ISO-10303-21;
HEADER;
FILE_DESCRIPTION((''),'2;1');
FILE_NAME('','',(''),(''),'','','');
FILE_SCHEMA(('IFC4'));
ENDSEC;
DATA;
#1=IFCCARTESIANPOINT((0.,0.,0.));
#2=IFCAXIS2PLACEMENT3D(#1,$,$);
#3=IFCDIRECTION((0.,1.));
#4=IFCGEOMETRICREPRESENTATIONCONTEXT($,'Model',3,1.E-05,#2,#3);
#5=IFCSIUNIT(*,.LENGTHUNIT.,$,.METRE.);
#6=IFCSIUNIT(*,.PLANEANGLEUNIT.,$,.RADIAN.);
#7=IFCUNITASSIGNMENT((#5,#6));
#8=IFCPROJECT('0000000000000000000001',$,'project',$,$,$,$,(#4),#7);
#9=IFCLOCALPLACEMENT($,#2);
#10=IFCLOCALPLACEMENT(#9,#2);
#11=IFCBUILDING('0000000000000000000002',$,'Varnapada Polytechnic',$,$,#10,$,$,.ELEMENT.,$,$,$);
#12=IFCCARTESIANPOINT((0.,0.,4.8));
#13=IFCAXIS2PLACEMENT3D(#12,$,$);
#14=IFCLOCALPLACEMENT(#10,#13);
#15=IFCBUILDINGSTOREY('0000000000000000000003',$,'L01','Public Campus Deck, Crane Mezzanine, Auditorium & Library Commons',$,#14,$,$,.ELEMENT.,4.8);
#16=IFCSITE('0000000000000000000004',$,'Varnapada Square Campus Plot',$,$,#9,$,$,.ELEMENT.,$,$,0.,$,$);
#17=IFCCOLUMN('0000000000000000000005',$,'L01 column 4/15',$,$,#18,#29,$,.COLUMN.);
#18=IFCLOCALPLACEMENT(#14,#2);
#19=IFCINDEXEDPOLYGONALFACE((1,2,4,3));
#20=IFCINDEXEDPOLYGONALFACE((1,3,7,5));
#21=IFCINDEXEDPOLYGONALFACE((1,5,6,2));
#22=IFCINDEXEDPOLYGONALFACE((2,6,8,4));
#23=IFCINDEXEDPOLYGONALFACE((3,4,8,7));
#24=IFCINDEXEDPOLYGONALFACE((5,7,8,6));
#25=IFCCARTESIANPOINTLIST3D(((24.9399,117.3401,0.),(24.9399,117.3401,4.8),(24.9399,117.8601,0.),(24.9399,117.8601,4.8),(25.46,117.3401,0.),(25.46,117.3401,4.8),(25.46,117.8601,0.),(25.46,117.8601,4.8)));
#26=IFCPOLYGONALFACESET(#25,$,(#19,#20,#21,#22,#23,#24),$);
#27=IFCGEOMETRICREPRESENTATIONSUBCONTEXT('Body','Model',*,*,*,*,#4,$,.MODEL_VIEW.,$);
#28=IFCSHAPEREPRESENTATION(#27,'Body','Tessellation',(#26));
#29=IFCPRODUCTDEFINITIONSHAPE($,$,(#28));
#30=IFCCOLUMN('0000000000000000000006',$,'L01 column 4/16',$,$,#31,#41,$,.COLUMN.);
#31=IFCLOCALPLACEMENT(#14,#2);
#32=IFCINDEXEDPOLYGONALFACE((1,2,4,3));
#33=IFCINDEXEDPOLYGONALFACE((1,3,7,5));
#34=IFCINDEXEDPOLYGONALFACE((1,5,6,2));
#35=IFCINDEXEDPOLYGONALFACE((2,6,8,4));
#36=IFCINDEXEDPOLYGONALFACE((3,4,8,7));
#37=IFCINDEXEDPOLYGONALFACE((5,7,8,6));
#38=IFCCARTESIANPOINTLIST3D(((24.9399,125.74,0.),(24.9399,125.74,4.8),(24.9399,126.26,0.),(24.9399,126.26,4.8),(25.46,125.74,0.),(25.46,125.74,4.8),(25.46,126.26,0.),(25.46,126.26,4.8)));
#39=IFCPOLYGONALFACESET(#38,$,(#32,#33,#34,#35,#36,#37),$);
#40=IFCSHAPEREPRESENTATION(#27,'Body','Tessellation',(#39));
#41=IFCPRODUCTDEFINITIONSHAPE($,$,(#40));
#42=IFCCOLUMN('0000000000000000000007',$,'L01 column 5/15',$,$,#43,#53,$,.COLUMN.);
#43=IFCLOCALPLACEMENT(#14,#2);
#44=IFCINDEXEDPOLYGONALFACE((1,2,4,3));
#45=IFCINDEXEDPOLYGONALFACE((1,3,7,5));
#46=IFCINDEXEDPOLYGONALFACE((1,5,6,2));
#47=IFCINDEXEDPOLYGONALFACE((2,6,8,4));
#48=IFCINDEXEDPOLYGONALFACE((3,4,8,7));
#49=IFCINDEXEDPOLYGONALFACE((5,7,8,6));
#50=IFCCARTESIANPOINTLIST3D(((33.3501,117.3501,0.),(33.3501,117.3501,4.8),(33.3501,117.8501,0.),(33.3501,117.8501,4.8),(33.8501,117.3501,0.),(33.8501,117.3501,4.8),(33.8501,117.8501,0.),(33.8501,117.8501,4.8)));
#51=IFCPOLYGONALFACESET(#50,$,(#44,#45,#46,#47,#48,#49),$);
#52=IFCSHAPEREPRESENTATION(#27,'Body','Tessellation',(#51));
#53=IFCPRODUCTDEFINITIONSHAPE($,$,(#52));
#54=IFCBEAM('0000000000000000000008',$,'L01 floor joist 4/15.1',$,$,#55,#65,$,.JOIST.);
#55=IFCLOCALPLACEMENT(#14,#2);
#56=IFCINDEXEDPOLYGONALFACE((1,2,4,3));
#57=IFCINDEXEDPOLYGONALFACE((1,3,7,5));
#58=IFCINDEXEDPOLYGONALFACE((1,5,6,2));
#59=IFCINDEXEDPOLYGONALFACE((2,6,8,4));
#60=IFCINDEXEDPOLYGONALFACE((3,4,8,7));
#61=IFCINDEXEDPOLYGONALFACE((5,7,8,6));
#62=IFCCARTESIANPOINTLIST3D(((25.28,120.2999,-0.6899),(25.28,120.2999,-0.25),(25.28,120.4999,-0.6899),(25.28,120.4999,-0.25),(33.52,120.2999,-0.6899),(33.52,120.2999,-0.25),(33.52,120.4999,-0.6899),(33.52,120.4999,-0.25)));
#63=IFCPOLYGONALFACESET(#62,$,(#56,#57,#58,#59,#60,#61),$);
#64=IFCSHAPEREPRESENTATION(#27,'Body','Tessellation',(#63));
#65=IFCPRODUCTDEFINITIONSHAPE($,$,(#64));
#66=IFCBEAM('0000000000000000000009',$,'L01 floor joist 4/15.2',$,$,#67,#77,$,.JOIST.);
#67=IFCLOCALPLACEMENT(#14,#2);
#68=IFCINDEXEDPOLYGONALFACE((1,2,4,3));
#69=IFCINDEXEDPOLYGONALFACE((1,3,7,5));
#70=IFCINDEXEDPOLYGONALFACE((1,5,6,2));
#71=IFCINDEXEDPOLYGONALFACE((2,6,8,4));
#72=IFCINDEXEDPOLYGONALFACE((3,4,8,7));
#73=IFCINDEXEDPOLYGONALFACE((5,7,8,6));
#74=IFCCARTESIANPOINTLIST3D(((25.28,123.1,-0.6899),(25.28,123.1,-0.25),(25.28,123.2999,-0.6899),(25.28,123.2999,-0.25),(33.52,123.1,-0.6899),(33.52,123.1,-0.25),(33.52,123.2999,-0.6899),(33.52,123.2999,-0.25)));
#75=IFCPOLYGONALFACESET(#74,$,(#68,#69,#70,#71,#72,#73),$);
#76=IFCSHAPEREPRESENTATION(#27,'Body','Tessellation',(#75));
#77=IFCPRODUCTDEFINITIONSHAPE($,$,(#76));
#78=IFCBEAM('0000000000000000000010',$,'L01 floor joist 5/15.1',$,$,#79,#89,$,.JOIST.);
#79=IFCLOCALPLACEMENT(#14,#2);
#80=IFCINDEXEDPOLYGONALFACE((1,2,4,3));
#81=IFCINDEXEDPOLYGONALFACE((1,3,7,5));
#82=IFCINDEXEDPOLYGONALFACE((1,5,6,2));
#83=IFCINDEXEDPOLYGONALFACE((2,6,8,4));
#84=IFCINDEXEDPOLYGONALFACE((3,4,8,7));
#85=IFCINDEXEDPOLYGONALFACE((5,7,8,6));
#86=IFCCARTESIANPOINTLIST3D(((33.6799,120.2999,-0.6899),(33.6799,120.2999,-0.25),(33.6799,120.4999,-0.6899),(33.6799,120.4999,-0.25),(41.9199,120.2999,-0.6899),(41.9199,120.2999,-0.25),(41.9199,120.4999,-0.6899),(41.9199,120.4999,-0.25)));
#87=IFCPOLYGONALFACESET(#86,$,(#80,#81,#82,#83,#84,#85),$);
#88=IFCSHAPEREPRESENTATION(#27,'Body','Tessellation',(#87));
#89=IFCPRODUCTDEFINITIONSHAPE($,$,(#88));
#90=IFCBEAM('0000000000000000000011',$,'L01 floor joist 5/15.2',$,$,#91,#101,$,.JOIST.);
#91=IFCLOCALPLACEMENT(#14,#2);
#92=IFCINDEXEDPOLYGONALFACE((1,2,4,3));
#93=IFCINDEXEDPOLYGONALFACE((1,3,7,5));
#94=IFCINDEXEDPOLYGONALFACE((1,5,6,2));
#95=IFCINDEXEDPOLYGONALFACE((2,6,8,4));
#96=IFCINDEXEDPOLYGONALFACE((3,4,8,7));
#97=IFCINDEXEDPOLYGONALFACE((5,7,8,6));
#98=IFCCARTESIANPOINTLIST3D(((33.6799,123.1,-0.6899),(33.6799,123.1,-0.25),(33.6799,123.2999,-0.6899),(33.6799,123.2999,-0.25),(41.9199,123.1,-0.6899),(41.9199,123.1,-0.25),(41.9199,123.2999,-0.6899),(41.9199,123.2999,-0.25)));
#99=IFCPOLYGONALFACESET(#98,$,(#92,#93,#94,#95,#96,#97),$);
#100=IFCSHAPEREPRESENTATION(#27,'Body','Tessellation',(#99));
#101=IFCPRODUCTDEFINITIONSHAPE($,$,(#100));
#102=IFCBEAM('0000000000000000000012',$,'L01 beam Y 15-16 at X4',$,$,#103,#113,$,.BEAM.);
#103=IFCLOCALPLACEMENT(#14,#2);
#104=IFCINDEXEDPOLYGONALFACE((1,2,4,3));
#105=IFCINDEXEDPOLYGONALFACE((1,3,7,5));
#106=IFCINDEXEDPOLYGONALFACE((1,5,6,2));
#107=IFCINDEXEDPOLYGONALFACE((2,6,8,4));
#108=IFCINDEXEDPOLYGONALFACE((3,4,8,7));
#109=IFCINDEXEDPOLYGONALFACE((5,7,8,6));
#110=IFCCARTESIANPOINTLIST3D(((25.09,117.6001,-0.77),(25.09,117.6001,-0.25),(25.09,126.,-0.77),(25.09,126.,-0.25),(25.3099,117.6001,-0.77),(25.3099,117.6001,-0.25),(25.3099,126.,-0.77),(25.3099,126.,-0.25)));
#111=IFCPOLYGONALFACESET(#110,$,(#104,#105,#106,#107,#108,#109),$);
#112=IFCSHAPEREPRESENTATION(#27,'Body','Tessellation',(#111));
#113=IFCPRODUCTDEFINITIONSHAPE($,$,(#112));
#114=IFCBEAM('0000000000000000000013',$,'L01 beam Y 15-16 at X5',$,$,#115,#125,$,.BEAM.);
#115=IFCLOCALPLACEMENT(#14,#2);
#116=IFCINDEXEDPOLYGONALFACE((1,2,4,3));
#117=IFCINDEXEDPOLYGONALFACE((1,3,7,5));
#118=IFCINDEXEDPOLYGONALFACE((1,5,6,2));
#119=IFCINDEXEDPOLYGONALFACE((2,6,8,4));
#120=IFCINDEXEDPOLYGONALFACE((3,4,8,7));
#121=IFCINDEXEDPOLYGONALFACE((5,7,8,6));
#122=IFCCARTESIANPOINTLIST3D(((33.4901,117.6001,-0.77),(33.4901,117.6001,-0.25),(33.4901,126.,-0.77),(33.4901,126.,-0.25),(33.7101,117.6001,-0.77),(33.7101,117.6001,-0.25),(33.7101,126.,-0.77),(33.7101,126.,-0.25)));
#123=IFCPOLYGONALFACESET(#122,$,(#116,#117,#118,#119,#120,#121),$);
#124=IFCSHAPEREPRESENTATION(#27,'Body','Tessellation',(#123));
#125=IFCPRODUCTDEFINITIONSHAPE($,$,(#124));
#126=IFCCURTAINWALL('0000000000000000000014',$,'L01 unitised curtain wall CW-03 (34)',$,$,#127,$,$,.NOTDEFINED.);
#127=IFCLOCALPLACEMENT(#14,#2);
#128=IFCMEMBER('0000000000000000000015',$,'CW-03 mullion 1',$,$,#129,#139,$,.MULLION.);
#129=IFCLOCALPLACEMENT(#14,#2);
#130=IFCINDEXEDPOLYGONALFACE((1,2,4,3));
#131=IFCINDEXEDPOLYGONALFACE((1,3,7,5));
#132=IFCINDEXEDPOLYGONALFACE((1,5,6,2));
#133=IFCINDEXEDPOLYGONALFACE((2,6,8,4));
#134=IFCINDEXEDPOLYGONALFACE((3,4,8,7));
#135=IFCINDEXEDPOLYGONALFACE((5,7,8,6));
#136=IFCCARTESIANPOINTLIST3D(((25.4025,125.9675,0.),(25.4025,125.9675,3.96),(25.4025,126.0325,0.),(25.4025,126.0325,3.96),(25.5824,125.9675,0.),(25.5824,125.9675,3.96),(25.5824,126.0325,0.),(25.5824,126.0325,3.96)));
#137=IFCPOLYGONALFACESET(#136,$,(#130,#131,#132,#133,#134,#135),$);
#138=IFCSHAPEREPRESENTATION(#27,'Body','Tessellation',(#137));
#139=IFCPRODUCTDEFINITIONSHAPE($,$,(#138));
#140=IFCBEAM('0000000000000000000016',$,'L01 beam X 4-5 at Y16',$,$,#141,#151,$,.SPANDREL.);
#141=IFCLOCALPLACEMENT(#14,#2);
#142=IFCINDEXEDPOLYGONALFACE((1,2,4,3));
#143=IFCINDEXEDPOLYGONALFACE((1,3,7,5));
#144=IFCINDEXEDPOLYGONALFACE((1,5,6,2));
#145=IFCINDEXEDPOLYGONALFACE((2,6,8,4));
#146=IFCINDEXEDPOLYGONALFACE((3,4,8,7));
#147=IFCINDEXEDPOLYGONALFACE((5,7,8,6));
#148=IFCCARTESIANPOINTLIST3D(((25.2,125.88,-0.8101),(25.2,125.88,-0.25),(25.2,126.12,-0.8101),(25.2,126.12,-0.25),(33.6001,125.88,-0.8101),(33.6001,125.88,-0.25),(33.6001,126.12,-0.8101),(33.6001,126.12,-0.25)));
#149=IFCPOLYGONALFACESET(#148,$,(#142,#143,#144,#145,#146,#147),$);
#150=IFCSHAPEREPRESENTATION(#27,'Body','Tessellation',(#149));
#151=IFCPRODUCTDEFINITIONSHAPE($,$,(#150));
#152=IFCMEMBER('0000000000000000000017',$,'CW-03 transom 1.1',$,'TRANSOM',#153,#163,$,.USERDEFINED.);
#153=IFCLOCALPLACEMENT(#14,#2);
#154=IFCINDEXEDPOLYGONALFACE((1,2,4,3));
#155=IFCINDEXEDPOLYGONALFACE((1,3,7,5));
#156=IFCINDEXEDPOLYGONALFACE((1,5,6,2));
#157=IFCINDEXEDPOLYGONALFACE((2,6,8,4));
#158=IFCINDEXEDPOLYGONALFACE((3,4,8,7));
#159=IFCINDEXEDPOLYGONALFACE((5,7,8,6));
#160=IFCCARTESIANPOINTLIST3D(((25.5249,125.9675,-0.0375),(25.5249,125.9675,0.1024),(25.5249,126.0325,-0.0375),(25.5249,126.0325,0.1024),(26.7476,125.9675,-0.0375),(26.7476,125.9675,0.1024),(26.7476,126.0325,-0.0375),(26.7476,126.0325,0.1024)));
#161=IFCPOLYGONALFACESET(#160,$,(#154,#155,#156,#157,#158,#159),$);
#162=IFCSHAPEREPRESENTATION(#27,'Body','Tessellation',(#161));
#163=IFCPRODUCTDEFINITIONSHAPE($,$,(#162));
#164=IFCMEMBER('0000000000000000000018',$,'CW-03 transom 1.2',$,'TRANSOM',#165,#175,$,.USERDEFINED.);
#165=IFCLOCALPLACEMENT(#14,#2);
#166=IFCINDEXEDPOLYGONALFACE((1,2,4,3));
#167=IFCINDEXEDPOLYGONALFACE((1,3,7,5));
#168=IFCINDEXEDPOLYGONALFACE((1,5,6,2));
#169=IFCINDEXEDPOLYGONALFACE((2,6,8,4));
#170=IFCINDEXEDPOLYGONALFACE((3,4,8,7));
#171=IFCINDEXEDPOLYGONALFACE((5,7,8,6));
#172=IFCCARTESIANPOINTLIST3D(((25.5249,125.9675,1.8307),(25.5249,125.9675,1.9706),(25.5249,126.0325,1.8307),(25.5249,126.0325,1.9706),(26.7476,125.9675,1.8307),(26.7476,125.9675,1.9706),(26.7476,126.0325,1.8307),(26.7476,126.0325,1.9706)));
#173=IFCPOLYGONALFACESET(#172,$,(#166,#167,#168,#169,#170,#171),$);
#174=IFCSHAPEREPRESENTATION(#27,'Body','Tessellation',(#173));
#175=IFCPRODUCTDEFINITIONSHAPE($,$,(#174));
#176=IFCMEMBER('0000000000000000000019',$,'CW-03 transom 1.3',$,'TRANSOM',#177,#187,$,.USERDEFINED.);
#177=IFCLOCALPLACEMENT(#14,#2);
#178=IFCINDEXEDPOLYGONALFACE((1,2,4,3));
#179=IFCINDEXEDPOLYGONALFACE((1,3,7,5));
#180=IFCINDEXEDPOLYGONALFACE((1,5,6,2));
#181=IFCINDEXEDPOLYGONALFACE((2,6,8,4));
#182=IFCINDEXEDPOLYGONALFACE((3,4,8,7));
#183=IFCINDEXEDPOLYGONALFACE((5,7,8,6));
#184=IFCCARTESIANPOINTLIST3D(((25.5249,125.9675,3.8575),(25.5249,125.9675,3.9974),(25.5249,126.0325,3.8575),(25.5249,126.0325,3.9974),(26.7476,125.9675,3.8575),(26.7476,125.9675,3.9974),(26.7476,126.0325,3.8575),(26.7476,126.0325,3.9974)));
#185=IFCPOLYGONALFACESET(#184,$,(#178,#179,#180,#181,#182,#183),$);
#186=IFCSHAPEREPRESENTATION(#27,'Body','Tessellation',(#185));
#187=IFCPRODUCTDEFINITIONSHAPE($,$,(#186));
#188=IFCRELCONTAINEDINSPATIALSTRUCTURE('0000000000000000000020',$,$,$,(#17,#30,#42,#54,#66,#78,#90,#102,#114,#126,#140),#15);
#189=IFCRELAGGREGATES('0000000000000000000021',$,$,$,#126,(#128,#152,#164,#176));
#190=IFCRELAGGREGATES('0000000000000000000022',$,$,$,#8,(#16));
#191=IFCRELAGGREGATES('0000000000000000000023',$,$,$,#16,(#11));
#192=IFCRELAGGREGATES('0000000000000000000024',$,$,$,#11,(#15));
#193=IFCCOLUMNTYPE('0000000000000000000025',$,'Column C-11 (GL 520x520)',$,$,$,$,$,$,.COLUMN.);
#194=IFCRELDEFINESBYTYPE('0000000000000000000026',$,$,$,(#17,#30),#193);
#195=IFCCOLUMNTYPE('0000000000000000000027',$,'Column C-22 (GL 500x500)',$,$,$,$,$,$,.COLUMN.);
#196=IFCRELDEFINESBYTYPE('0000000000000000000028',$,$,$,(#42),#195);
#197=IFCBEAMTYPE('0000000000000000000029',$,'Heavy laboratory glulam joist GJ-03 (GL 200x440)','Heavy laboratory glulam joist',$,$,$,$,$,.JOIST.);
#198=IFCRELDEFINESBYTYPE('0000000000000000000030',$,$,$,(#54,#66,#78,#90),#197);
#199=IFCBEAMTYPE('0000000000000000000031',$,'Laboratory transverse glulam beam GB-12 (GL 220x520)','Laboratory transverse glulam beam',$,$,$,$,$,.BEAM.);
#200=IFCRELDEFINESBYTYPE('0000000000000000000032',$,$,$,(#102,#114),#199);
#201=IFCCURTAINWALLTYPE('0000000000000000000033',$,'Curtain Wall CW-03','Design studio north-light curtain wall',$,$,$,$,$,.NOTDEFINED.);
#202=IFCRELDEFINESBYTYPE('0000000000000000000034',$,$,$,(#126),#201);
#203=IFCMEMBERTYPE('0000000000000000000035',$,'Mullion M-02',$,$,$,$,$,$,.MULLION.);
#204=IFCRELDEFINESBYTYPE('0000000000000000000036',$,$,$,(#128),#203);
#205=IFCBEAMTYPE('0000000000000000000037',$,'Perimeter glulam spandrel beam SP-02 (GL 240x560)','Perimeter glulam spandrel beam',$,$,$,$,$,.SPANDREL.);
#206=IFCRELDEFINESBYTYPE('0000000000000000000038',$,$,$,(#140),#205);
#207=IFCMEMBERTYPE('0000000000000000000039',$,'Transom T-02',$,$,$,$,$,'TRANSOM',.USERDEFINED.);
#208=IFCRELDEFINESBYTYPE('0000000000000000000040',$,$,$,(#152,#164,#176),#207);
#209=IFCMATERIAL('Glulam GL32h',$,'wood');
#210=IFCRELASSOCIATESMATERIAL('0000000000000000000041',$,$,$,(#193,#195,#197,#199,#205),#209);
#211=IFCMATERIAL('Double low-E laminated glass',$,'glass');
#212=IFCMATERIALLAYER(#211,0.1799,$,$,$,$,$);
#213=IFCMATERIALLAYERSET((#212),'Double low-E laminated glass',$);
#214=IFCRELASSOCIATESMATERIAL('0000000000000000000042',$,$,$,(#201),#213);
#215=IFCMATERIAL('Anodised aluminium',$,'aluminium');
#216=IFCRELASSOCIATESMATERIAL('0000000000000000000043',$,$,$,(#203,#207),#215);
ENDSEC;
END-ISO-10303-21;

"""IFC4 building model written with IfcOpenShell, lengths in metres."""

from ifc_helpers import new_model, si_unit, direction, frame, origin, origin_2d, place, context, subcontext, project, spatial, rectangle, extrude, material, layer, layer_set, material_profile, profile_set, type_object, element, aggregate, save


model = new_model("IFC4")

# Units and contexts
model_context = context("Model", 3, precision=1e-05, world=origin(), true_north=direction((0.0, 1.0)))
body_context = subcontext(model_context, "Body", "Model", "MODEL_VIEW")
ifc_project = project(units=[si_unit("LENGTHUNIT", "METRE"), si_unit("PLANEANGLEUNIT", "RADIAN")], contexts=[model_context])

# Site, building, storey
site_placement = place(None, origin())
site = spatial("IfcSite", under=ifc_project, at=site_placement, Name="Varnapada Square Campus Plot", CompositionType="ELEMENT", RefElevation=0.0)
building_placement = place(site_placement, origin())
building = spatial("IfcBuilding", under=site, at=building_placement, Name="Varnapada Polytechnic", CompositionType="ELEMENT")
storey_placement = place(building_placement, frame((0.0, 0.0, 4.8)))
storey = spatial("IfcBuildingStorey", under=building, at=storey_placement, Name="L01", Description="Public Campus Deck, Crane Mezzanine, Auditorium & Library Commons", CompositionType="ELEMENT", Elevation=4.8)

# Columns
ifc_material_1 = material(Name="Glulam GL32h", Category="wood")
ifc_material_profile_1 = material_profile(ifc_material_1, rectangle(XDim=0.52, YDim=0.52, at=origin_2d()), Name="GL 520x520")
ifc_profile_set_1 = profile_set([ifc_material_profile_1], Name="Glulam GL32h")
column_type_1 = type_object("IfcColumnType", Name="Column C-11 (GL 520x520)", PredefinedType="COLUMN", material=ifc_profile_set_1)
for number, where, z_axis, x_axis, name in (
    (1, (25.2, 117.6001, 0.0), (0.0, 0.0, 1.0), (1.0, 0.0, 0.0), "L01 column 4/15"),
    (2, (25.2, 126.0, 0.0), (0.0, 0.0, 1.0), (1.0, 0.0, 0.0), "L01 column 4/16"),
):
    element("IfcColumn", number, at=place(storey_placement, frame(where, z_axis=z_axis, x_axis=x_axis)), inside=storey, type_object=column_type_1, Name=name, PredefinedType="COLUMN", context=body_context, shape_type="SweptSolid", body=[
        extrude(rectangle(XDim=0.52, YDim=0.52, at=origin_2d()), origin(), (0.0, 0.0, 1.0), 4.8),
    ])
ifc_material_profile_2 = material_profile(ifc_material_1, rectangle(XDim=0.5, YDim=0.5, at=origin_2d()), Name="GL 500x500")
ifc_profile_set_2 = profile_set([ifc_material_profile_2], Name="Glulam GL32h")
column_type_2 = type_object("IfcColumnType", Name="Column C-22 (GL 500x500)", PredefinedType="COLUMN", material=ifc_profile_set_2)
column_placement = place(storey_placement, frame((33.6001, 117.6001, 0.0), z_axis=(0.0, 0.0, 1.0), x_axis=(1.0, 0.0, 0.0)))
element("IfcColumn", 3, at=column_placement, inside=storey, type_object=column_type_2, Name="L01 column 5/15", PredefinedType="COLUMN", context=body_context, shape_type="SweptSolid", body=[
    extrude(rectangle(XDim=0.5, YDim=0.5, at=origin_2d()), origin(), (0.0, 0.0, 1.0), 4.8),
])

# Beams
ifc_material_profile_3 = material_profile(ifc_material_1, rectangle(XDim=0.2, YDim=0.4399, at=origin_2d()), Name="GL 200x440")
ifc_profile_set_3 = profile_set([ifc_material_profile_3], Name="Glulam GL32h")
beam_type_1 = type_object("IfcBeamType", Name="Heavy laboratory glulam joist GJ-03 (GL 200x440)", Description="Heavy laboratory glulam joist", PredefinedType="JOIST", material=ifc_profile_set_3)
for number, where, z_axis, x_axis, name in (
    (4, (25.28, 120.3999, -0.47), (1.0, 0.0, 0.0), (0.0, 1.0, 0.0), "L01 floor joist 4/15.1"),
    (5, (25.28, 123.2, -0.47), (1.0, 0.0, 0.0), (0.0, 1.0, 0.0), "L01 floor joist 4/15.2"),
    (6, (33.6799, 120.3999, -0.47), (1.0, 0.0, 0.0), (0.0, 1.0, 0.0), "L01 floor joist 5/15.1"),
    (7, (33.6799, 123.2, -0.47), (1.0, 0.0, 0.0), (0.0, 1.0, 0.0), "L01 floor joist 5/15.2"),
):
    element("IfcBeam", number, at=place(storey_placement, frame(where, z_axis=z_axis, x_axis=x_axis)), inside=storey, type_object=beam_type_1, Name=name, PredefinedType="JOIST", context=body_context, shape_type="SweptSolid", body=[
        extrude(rectangle(XDim=0.2, YDim=0.4399, at=origin_2d()), origin(), (0.0, 0.0, 1.0), 8.24),
    ])
ifc_material_profile_4 = material_profile(ifc_material_1, rectangle(XDim=0.22, YDim=0.52, at=origin_2d()), Name="GL 220x520")
ifc_profile_set_4 = profile_set([ifc_material_profile_4], Name="Glulam GL32h")
beam_type_2 = type_object("IfcBeamType", Name="Laboratory transverse glulam beam GB-12 (GL 220x520)", Description="Laboratory transverse glulam beam", PredefinedType="BEAM", material=ifc_profile_set_4)
for number, where, z_axis, x_axis, name in (
    (8, (25.2, 117.6001, -0.51), (0.0, 1.0, 0.0), (-1.0, 0.0, 0.0), "L01 beam Y 15-16 at X4"),
    (9, (33.6001, 117.6001, -0.51), (0.0, 1.0, 0.0), (-1.0, 0.0, 0.0), "L01 beam Y 15-16 at X5"),
):
    element("IfcBeam", number, at=place(storey_placement, frame(where, z_axis=z_axis, x_axis=x_axis)), inside=storey, type_object=beam_type_2, Name=name, PredefinedType="BEAM", context=body_context, shape_type="SweptSolid", body=[
        extrude(rectangle(XDim=0.22, YDim=0.52, at=origin_2d()), origin(), (0.0, 0.0, 1.0), 8.3999),
    ])

# Curtain wall, member
ifc_material_2 = material(Name="Double low-E laminated glass", Category="glass")
ifc_layer_1 = layer(ifc_material_2, 0.1799)
ifc_layer_set_1 = layer_set([ifc_layer_1], Name="Double low-E laminated glass")
curtain_wall_type = type_object("IfcCurtainWallType", Name="Curtain Wall CW-03", Description="Design studio north-light curtain wall", PredefinedType="NOTDEFINED", material=ifc_layer_set_1)
curtain_wall_placement = place(storey_placement, origin())
curtain_wall = element("IfcCurtainWall", 10, at=curtain_wall_placement, inside=storey, type_object=curtain_wall_type, Name="L01 unitised curtain wall CW-03 (34)", PredefinedType="NOTDEFINED")
ifc_material_3 = material(Name="Anodised aluminium", Category="aluminium")
ifc_material_profile_5 = material_profile(ifc_material_3, rectangle(XDim=0.0649, YDim=0.1799, at=origin_2d()), Name="ALU M65x180")
ifc_profile_set_5 = profile_set([ifc_material_profile_5], Name="Anodised aluminium")
member_type_1 = type_object("IfcMemberType", Name="Mullion M-02", PredefinedType="MULLION", material=ifc_profile_set_5)
member_1_placement = place(storey_placement, frame((25.4924, 126.0, 0.0), z_axis=(0.0, 0.0, 1.0), x_axis=(0.0, 1.0, 0.0)))
member_1 = element("IfcMember", 11, at=member_1_placement, type_object=member_type_1, Name="CW-03 mullion 1", PredefinedType="MULLION", context=body_context, shape_type="SweptSolid", body=[
    extrude(rectangle(XDim=0.0649, YDim=0.1799, at=origin_2d()), origin(), (0.0, 0.0, 1.0), 3.96),
])

# Beam
ifc_material_profile_6 = material_profile(ifc_material_1, rectangle(XDim=0.24, YDim=0.5601, at=origin_2d()), Name="GL 240x560")
ifc_profile_set_6 = profile_set([ifc_material_profile_6], Name="Glulam GL32h")
beam_type_3 = type_object("IfcBeamType", Name="Perimeter glulam spandrel beam SP-02 (GL 240x560)", Description="Perimeter glulam spandrel beam", PredefinedType="SPANDREL", material=ifc_profile_set_6)
beam_1_placement = place(storey_placement, frame((25.2, 126.0, -0.53), z_axis=(1.0, 0.0, 0.0), x_axis=(0.0, 1.0, 0.0)))
element("IfcBeam", 12, at=beam_1_placement, inside=storey, type_object=beam_type_3, Name="L01 beam X 4-5 at Y16", PredefinedType="SPANDREL", context=body_context, shape_type="SweptSolid", body=[
    extrude(rectangle(XDim=0.24, YDim=0.5601, at=origin_2d()), origin(), (0.0, 0.0, 1.0), 8.4001),
])

# Members
ifc_material_profile_7 = material_profile(ifc_material_3, rectangle(XDim=0.0649, YDim=0.1399, at=origin_2d()), Name="ALU T65x140")
ifc_profile_set_7 = profile_set([ifc_material_profile_7], Name="Anodised aluminium")
member_type_2 = type_object("IfcMemberType", Name="Transom T-02", ElementType="TRANSOM", PredefinedType="USERDEFINED", material=ifc_profile_set_7)
member_2_placement = place(storey_placement, frame((25.5249, 126.0, 0.0325), z_axis=(1.0, 0.0, 0.0), x_axis=(0.0, 1.0, 0.0)))
member_2 = element("IfcMember", 13, at=member_2_placement, type_object=member_type_2, Name="CW-03 transom 1.1", ObjectType="TRANSOM", PredefinedType="USERDEFINED", context=body_context, shape_type="SweptSolid", body=[
    extrude(rectangle(XDim=0.0649, YDim=0.1399, at=origin_2d()), origin(), (0.0, 0.0, 1.0), 1.2227),
])
member_3_placement = place(storey_placement, frame((25.5249, 126.0, 1.9006), z_axis=(1.0, 0.0, 0.0), x_axis=(0.0, 1.0, 0.0)))
member_3 = element("IfcMember", 14, at=member_3_placement, type_object=member_type_2, Name="CW-03 transom 1.2", ObjectType="TRANSOM", PredefinedType="USERDEFINED", context=body_context, shape_type="SweptSolid", body=[
    extrude(rectangle(XDim=0.0649, YDim=0.1399, at=origin_2d()), origin(), (0.0, 0.0, 1.0), 1.2227),
])
member_4_placement = place(storey_placement, frame((25.5249, 126.0, 3.9275), z_axis=(1.0, 0.0, 0.0), x_axis=(0.0, 1.0, 0.0)))
member_4 = element("IfcMember", 15, at=member_4_placement, type_object=member_type_2, Name="CW-03 transom 1.3", ObjectType="TRANSOM", PredefinedType="USERDEFINED", context=body_context, shape_type="SweptSolid", body=[
    extrude(rectangle(XDim=0.0649, YDim=0.1399, at=origin_2d()), origin(), (0.0, 0.0, 1.0), 1.2227),
])

aggregate(curtain_wall, [member_1, member_2, member_3, member_4])

save(model, "model.ifc")
